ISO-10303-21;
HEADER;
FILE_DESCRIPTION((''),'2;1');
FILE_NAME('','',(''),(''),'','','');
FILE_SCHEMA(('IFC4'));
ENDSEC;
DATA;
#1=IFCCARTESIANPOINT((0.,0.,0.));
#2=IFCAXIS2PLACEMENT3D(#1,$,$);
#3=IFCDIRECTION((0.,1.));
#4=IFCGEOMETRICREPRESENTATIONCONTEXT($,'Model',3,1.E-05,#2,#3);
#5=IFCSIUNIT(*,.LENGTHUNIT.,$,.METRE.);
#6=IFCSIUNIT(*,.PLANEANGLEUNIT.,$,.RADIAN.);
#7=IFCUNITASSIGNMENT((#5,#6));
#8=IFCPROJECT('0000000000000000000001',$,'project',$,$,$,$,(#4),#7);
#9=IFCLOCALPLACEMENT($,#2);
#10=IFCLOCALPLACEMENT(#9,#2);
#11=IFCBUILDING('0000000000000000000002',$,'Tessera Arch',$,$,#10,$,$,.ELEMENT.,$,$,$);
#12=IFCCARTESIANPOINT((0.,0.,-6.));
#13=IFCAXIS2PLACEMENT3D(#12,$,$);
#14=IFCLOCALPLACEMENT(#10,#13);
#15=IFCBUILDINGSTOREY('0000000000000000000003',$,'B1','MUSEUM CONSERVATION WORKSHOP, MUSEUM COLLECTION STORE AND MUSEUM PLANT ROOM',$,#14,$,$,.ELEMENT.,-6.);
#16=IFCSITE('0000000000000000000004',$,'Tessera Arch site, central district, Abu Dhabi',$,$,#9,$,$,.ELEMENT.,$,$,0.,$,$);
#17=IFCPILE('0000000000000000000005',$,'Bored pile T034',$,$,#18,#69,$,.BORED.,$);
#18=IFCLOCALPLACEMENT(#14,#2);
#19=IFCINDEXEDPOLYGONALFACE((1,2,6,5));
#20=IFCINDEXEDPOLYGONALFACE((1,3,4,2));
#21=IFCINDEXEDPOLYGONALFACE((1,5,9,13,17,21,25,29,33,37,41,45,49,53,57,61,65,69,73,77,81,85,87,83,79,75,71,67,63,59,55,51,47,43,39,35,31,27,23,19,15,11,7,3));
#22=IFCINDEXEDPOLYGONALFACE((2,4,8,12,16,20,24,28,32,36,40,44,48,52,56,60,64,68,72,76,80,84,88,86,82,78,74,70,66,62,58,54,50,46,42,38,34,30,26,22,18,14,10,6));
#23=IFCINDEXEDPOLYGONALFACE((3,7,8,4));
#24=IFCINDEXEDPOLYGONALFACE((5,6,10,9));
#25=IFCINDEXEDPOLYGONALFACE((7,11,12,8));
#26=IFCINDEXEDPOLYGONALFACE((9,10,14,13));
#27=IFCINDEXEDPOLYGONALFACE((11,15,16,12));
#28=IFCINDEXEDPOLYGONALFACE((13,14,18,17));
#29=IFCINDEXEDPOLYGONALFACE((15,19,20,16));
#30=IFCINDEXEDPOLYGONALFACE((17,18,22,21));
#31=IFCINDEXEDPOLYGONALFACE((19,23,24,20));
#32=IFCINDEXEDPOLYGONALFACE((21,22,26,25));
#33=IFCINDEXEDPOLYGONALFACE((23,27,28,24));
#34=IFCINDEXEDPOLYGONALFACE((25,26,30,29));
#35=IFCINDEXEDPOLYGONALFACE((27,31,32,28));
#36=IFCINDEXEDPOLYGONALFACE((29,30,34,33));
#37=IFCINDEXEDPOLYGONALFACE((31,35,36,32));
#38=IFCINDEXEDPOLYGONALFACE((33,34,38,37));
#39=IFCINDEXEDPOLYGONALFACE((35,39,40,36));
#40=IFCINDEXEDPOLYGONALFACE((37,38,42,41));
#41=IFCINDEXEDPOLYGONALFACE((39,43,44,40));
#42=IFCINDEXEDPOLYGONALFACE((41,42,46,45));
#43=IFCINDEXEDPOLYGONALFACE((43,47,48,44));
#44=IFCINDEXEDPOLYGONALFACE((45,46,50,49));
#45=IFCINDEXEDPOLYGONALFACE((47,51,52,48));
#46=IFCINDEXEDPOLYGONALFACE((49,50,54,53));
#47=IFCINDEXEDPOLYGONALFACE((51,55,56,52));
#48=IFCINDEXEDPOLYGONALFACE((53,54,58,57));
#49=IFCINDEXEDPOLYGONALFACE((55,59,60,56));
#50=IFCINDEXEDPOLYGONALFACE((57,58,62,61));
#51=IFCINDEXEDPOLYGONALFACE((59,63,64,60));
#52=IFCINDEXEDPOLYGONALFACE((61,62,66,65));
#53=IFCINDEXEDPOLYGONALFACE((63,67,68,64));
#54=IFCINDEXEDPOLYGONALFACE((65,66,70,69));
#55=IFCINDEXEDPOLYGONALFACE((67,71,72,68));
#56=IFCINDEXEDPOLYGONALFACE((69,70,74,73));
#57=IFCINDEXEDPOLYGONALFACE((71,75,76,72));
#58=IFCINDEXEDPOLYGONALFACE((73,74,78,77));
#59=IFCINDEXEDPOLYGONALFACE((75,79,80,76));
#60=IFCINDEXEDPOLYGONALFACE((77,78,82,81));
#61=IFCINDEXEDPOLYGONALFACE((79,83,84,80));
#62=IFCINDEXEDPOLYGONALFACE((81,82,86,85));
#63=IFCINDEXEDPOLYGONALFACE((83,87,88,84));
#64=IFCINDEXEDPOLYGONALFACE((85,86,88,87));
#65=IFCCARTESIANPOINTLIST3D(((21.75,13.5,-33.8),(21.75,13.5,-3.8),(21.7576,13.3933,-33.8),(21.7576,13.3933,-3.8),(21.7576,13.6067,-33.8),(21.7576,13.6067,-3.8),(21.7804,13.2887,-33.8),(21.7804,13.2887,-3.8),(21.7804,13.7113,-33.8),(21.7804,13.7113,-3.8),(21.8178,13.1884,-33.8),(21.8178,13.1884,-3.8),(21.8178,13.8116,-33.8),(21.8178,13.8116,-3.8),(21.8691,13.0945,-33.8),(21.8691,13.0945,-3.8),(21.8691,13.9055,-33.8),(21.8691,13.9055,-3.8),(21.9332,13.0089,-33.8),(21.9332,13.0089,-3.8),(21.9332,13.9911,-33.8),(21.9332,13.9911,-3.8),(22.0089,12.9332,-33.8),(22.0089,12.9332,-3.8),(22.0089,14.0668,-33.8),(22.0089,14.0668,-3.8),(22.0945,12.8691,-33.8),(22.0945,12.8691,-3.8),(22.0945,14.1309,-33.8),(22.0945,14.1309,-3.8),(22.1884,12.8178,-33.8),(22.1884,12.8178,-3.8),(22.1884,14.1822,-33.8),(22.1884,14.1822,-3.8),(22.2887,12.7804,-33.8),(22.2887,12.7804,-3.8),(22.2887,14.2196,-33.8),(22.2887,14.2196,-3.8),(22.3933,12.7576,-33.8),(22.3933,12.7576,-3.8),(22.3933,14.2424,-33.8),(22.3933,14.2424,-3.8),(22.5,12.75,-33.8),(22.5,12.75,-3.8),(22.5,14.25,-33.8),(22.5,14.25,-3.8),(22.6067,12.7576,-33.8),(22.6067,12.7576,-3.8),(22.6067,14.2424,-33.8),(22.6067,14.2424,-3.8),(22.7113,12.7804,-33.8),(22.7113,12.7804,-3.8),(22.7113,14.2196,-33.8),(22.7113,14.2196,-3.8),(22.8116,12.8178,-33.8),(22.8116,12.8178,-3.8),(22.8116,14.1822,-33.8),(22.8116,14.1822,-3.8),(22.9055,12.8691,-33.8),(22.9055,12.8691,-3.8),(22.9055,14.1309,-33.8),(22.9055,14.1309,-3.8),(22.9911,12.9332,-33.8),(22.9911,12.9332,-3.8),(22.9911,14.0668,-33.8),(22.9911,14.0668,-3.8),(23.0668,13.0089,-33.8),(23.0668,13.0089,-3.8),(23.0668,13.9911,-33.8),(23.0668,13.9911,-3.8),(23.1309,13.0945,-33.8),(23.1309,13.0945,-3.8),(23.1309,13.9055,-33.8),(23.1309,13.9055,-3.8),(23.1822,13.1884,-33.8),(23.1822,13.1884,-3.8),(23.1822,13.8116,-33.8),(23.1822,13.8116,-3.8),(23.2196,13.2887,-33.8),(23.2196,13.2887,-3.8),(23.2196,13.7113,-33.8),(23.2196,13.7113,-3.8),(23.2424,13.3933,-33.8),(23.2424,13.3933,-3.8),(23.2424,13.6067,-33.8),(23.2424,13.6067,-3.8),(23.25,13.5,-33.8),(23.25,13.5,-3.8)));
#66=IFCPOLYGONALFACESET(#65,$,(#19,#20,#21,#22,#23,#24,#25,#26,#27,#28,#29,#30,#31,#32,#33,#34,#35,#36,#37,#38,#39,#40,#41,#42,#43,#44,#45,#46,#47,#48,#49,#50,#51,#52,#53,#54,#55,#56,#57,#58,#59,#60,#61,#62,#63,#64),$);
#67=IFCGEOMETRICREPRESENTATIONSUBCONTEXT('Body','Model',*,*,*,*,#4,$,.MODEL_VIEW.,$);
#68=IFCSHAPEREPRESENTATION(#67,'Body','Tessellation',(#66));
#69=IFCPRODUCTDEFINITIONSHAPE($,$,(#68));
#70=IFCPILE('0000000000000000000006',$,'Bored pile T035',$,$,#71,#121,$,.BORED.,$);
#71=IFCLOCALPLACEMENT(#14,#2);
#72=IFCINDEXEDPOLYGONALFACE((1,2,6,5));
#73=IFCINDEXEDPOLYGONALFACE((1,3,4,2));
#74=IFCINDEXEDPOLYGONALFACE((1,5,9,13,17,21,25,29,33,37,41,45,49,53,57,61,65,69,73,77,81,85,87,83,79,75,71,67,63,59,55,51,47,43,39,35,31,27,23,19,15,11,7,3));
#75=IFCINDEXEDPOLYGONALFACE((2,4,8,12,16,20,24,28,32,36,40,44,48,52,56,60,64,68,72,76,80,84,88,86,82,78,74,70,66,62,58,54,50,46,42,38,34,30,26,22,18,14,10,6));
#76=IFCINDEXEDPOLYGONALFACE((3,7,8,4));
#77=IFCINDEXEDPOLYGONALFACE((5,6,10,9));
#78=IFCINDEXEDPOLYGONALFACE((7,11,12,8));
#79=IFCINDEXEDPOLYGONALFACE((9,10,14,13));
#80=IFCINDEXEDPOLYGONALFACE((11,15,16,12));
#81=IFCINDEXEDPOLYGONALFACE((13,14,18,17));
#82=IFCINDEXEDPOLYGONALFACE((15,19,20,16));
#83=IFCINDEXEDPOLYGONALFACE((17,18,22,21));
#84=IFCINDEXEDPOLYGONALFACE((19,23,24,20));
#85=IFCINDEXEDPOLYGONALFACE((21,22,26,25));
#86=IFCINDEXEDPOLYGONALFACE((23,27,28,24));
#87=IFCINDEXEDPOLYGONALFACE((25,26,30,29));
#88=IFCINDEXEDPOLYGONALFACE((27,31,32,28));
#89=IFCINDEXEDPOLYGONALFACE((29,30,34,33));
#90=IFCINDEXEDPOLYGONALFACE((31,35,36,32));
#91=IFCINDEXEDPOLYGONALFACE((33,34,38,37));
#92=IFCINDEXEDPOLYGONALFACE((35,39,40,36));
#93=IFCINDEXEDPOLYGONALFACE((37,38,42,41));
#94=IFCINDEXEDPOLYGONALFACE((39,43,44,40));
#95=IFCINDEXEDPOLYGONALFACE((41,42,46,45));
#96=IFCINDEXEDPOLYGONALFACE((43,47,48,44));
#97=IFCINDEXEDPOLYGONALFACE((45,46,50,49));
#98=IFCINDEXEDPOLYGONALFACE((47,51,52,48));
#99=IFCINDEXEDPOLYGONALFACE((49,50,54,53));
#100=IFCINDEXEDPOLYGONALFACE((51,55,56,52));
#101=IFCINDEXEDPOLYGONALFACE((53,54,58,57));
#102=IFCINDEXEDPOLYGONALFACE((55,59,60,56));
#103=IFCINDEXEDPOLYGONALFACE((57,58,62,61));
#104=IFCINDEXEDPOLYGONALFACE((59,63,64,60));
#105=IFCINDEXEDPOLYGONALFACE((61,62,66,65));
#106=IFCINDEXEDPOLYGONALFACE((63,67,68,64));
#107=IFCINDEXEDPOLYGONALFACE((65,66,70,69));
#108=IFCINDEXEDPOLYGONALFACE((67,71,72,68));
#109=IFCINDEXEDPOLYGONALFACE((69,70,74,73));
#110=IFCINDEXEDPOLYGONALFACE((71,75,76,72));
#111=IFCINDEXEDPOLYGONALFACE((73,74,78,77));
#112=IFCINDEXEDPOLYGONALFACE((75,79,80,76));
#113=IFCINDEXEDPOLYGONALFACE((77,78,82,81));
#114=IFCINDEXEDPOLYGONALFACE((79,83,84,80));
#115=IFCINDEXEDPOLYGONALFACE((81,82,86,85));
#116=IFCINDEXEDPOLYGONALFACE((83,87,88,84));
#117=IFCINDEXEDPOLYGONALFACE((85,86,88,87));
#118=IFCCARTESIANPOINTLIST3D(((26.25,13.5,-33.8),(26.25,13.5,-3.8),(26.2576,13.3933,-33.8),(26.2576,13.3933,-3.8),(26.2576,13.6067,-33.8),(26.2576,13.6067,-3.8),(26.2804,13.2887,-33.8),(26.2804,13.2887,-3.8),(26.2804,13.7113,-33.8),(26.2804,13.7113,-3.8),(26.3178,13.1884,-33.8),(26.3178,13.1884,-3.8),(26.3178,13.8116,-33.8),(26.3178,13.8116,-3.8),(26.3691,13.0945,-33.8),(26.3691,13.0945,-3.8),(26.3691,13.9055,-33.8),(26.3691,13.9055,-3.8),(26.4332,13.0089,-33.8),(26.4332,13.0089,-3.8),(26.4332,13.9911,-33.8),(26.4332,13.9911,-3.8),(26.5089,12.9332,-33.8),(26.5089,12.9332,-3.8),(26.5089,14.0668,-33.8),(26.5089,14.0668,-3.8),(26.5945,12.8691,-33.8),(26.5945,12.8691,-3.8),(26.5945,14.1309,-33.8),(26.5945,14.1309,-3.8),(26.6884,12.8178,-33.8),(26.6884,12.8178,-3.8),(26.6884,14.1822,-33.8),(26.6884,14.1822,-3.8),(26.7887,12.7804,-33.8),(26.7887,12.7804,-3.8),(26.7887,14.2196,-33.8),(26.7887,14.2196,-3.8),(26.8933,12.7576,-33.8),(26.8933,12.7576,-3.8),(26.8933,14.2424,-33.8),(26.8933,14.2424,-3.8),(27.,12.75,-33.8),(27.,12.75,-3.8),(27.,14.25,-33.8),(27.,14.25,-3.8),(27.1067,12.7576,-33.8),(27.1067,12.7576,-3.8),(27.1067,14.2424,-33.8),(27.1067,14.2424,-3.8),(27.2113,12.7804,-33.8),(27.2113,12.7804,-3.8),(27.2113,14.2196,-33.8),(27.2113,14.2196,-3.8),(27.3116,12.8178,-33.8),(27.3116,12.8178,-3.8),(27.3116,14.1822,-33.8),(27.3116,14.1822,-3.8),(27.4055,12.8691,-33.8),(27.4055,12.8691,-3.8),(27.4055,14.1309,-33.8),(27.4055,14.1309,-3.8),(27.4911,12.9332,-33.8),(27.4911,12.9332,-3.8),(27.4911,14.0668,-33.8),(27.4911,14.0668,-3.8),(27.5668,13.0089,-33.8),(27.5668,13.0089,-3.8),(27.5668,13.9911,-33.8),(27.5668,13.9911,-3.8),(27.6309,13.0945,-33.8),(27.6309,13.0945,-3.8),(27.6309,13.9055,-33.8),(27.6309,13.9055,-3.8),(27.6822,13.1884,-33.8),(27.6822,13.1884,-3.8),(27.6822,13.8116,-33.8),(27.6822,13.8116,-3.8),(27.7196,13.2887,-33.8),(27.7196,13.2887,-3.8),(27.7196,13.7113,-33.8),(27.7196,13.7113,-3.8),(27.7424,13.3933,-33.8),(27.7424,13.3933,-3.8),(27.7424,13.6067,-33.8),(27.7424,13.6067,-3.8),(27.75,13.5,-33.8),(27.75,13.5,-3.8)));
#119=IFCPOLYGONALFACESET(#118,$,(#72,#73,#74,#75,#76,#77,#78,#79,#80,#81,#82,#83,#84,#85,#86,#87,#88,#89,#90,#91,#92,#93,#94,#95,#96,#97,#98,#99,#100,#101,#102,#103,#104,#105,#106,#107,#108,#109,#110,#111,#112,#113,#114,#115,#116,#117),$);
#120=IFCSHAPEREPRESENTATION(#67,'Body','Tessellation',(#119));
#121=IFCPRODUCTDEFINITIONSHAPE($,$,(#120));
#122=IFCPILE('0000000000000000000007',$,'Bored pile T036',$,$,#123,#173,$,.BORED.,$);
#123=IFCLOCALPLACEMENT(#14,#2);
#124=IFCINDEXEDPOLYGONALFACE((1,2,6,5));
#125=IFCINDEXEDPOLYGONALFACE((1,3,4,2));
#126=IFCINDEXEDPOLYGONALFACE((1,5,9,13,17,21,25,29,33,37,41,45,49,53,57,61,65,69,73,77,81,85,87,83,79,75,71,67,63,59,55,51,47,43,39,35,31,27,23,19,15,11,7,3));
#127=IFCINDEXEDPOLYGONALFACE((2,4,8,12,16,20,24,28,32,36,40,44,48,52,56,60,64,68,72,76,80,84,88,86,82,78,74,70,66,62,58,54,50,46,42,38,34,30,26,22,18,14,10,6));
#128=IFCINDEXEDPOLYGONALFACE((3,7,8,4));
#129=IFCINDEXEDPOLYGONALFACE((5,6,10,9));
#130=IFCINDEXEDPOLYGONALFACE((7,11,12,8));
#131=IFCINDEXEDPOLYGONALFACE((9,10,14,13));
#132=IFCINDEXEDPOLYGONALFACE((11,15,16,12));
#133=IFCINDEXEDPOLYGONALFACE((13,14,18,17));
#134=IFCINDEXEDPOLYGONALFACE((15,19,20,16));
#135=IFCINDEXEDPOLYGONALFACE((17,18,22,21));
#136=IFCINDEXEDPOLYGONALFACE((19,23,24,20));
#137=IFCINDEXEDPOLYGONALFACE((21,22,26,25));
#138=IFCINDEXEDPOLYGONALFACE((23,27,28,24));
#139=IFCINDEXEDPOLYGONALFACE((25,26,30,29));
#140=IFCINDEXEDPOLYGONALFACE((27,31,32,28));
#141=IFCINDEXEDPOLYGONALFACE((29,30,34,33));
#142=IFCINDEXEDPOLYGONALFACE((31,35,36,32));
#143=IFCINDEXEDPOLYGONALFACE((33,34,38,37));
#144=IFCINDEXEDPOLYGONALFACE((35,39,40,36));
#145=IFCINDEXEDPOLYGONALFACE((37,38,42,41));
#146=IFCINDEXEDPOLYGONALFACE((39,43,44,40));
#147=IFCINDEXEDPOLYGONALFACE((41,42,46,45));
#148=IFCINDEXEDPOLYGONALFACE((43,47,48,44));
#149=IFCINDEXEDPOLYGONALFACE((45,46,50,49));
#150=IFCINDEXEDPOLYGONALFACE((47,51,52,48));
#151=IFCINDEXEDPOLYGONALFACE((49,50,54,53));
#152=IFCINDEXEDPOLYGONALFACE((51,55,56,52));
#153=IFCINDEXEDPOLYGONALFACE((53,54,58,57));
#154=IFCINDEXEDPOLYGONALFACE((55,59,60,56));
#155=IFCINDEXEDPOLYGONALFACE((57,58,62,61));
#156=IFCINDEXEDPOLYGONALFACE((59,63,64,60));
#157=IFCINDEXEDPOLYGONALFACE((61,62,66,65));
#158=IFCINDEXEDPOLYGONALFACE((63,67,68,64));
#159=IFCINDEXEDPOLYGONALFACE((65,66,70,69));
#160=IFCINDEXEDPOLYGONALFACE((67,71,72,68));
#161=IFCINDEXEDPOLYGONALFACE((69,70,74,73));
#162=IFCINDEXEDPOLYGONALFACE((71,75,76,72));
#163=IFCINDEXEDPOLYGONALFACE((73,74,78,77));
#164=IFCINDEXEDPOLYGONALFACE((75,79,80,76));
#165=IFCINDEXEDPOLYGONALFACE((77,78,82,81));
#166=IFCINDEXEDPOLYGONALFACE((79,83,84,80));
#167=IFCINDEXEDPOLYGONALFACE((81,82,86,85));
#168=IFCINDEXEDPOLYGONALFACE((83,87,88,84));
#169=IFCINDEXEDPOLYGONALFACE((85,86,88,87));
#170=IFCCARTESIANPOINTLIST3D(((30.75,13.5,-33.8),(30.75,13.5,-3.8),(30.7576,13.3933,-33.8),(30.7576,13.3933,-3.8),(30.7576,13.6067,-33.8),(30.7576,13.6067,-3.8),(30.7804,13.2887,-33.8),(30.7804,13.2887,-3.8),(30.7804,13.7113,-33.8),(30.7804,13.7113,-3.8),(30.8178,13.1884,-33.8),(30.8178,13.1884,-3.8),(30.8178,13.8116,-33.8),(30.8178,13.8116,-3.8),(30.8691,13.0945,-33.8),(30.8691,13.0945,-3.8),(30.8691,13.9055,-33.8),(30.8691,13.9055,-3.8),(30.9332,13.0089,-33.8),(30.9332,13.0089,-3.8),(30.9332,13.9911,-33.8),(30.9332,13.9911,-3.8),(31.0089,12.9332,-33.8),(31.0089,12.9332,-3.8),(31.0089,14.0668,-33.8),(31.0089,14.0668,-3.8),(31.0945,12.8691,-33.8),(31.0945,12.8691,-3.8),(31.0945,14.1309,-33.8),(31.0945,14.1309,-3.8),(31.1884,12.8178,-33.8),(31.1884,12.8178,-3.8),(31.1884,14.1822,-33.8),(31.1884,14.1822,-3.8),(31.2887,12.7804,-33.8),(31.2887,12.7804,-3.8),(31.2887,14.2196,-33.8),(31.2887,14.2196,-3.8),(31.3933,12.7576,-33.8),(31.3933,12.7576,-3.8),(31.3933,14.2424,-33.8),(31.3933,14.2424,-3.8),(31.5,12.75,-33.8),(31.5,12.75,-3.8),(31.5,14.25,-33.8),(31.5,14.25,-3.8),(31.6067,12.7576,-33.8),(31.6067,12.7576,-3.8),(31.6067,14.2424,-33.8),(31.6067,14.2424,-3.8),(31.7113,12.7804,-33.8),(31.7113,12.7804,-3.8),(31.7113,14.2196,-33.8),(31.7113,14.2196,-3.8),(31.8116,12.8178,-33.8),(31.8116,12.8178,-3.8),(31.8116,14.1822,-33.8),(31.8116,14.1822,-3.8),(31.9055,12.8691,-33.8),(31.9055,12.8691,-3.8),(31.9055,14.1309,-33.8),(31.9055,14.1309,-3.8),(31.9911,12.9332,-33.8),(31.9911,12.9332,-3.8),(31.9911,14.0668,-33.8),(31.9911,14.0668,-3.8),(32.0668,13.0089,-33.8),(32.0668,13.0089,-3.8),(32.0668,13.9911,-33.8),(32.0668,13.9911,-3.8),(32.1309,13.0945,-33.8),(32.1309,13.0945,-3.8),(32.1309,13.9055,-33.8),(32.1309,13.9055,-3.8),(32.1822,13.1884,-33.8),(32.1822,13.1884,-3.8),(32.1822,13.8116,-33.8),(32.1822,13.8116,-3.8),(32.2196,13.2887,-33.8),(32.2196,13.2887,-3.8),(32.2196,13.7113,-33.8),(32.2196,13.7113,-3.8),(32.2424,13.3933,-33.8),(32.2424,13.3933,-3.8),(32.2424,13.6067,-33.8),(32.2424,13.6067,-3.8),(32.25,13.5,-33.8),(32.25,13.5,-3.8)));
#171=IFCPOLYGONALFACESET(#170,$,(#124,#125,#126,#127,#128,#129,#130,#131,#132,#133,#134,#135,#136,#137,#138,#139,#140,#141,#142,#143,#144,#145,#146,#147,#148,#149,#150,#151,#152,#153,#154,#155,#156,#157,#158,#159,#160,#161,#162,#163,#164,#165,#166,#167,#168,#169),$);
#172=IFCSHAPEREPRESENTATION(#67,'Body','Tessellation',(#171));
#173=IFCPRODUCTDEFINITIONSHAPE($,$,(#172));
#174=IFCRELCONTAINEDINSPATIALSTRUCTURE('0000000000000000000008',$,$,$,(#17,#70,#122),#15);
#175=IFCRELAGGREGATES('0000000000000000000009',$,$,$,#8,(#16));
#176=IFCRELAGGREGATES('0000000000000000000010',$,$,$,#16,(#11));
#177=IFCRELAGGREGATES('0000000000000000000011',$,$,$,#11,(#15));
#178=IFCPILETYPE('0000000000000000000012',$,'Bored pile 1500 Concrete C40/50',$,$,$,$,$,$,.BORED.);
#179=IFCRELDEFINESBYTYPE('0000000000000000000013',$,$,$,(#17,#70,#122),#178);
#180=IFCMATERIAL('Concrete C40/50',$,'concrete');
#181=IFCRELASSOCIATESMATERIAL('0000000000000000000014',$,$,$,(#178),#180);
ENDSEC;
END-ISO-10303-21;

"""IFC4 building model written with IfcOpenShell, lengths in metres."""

from ifc_helpers import new_model, si_unit, direction, frame, origin, origin_2d, place, context, subcontext, project, spatial, circle, extrude, material, type_object, element, save


model = new_model("IFC4")

# Units and contexts
model_context = context("Model", 3, precision=1e-05, world=origin(), true_north=direction((0.0, 1.0)))
body_context = subcontext(model_context, "Body", "Model", "MODEL_VIEW")
ifc_project = project(units=[si_unit("LENGTHUNIT", "METRE"), si_unit("PLANEANGLEUNIT", "RADIAN")], contexts=[model_context])

# Site, building, storey
site_placement = place(None, origin())
site = spatial("IfcSite", under=ifc_project, at=site_placement, Name="Tessera Arch site, central district, Abu Dhabi", CompositionType="ELEMENT", RefElevation=0.0)
building_placement = place(site_placement, origin())
building = spatial("IfcBuilding", under=site, at=building_placement, Name="Tessera Arch", CompositionType="ELEMENT")
storey_placement = place(building_placement, frame((0.0, 0.0, -6.0)))
storey = spatial("IfcBuildingStorey", under=building, at=storey_placement, Name="B1", Description="MUSEUM CONSERVATION WORKSHOP, MUSEUM COLLECTION STORE AND MUSEUM PLANT ROOM", CompositionType="ELEMENT", Elevation=-6.0)

# Piles
ifc_material_1 = material(Name="Concrete C40/50", Category="concrete")
pile_type = type_object("IfcPileType", Name="Bored pile 1500 Concrete C40/50", PredefinedType="BORED", material=ifc_material_1)
for number, where, z_axis, x_axis, name in (
    (1, (22.5, 13.5, -3.8), (0.0, 0.0, -1.0), (1.0, 0.0, 0.0), "Bored pile T034"),
    (2, (27.0, 13.5, -3.8), (0.0, 0.0, -1.0), (1.0, 0.0, 0.0), "Bored pile T035"),
    (3, (31.5, 13.5, -3.8), (0.0, 0.0, -1.0), (1.0, 0.0, 0.0), "Bored pile T036"),
):
    element("IfcPile", number, at=place(storey_placement, frame(where, z_axis=z_axis, x_axis=x_axis)), inside=storey, type_object=pile_type, Name=name, PredefinedType="BORED", context=body_context, shape_type="SweptSolid", body=[
        extrude(circle(Radius=0.75, at=origin_2d()), origin(), (0.0, 0.0, 1.0), 30.0),
    ])

save(model, "model.ifc")
